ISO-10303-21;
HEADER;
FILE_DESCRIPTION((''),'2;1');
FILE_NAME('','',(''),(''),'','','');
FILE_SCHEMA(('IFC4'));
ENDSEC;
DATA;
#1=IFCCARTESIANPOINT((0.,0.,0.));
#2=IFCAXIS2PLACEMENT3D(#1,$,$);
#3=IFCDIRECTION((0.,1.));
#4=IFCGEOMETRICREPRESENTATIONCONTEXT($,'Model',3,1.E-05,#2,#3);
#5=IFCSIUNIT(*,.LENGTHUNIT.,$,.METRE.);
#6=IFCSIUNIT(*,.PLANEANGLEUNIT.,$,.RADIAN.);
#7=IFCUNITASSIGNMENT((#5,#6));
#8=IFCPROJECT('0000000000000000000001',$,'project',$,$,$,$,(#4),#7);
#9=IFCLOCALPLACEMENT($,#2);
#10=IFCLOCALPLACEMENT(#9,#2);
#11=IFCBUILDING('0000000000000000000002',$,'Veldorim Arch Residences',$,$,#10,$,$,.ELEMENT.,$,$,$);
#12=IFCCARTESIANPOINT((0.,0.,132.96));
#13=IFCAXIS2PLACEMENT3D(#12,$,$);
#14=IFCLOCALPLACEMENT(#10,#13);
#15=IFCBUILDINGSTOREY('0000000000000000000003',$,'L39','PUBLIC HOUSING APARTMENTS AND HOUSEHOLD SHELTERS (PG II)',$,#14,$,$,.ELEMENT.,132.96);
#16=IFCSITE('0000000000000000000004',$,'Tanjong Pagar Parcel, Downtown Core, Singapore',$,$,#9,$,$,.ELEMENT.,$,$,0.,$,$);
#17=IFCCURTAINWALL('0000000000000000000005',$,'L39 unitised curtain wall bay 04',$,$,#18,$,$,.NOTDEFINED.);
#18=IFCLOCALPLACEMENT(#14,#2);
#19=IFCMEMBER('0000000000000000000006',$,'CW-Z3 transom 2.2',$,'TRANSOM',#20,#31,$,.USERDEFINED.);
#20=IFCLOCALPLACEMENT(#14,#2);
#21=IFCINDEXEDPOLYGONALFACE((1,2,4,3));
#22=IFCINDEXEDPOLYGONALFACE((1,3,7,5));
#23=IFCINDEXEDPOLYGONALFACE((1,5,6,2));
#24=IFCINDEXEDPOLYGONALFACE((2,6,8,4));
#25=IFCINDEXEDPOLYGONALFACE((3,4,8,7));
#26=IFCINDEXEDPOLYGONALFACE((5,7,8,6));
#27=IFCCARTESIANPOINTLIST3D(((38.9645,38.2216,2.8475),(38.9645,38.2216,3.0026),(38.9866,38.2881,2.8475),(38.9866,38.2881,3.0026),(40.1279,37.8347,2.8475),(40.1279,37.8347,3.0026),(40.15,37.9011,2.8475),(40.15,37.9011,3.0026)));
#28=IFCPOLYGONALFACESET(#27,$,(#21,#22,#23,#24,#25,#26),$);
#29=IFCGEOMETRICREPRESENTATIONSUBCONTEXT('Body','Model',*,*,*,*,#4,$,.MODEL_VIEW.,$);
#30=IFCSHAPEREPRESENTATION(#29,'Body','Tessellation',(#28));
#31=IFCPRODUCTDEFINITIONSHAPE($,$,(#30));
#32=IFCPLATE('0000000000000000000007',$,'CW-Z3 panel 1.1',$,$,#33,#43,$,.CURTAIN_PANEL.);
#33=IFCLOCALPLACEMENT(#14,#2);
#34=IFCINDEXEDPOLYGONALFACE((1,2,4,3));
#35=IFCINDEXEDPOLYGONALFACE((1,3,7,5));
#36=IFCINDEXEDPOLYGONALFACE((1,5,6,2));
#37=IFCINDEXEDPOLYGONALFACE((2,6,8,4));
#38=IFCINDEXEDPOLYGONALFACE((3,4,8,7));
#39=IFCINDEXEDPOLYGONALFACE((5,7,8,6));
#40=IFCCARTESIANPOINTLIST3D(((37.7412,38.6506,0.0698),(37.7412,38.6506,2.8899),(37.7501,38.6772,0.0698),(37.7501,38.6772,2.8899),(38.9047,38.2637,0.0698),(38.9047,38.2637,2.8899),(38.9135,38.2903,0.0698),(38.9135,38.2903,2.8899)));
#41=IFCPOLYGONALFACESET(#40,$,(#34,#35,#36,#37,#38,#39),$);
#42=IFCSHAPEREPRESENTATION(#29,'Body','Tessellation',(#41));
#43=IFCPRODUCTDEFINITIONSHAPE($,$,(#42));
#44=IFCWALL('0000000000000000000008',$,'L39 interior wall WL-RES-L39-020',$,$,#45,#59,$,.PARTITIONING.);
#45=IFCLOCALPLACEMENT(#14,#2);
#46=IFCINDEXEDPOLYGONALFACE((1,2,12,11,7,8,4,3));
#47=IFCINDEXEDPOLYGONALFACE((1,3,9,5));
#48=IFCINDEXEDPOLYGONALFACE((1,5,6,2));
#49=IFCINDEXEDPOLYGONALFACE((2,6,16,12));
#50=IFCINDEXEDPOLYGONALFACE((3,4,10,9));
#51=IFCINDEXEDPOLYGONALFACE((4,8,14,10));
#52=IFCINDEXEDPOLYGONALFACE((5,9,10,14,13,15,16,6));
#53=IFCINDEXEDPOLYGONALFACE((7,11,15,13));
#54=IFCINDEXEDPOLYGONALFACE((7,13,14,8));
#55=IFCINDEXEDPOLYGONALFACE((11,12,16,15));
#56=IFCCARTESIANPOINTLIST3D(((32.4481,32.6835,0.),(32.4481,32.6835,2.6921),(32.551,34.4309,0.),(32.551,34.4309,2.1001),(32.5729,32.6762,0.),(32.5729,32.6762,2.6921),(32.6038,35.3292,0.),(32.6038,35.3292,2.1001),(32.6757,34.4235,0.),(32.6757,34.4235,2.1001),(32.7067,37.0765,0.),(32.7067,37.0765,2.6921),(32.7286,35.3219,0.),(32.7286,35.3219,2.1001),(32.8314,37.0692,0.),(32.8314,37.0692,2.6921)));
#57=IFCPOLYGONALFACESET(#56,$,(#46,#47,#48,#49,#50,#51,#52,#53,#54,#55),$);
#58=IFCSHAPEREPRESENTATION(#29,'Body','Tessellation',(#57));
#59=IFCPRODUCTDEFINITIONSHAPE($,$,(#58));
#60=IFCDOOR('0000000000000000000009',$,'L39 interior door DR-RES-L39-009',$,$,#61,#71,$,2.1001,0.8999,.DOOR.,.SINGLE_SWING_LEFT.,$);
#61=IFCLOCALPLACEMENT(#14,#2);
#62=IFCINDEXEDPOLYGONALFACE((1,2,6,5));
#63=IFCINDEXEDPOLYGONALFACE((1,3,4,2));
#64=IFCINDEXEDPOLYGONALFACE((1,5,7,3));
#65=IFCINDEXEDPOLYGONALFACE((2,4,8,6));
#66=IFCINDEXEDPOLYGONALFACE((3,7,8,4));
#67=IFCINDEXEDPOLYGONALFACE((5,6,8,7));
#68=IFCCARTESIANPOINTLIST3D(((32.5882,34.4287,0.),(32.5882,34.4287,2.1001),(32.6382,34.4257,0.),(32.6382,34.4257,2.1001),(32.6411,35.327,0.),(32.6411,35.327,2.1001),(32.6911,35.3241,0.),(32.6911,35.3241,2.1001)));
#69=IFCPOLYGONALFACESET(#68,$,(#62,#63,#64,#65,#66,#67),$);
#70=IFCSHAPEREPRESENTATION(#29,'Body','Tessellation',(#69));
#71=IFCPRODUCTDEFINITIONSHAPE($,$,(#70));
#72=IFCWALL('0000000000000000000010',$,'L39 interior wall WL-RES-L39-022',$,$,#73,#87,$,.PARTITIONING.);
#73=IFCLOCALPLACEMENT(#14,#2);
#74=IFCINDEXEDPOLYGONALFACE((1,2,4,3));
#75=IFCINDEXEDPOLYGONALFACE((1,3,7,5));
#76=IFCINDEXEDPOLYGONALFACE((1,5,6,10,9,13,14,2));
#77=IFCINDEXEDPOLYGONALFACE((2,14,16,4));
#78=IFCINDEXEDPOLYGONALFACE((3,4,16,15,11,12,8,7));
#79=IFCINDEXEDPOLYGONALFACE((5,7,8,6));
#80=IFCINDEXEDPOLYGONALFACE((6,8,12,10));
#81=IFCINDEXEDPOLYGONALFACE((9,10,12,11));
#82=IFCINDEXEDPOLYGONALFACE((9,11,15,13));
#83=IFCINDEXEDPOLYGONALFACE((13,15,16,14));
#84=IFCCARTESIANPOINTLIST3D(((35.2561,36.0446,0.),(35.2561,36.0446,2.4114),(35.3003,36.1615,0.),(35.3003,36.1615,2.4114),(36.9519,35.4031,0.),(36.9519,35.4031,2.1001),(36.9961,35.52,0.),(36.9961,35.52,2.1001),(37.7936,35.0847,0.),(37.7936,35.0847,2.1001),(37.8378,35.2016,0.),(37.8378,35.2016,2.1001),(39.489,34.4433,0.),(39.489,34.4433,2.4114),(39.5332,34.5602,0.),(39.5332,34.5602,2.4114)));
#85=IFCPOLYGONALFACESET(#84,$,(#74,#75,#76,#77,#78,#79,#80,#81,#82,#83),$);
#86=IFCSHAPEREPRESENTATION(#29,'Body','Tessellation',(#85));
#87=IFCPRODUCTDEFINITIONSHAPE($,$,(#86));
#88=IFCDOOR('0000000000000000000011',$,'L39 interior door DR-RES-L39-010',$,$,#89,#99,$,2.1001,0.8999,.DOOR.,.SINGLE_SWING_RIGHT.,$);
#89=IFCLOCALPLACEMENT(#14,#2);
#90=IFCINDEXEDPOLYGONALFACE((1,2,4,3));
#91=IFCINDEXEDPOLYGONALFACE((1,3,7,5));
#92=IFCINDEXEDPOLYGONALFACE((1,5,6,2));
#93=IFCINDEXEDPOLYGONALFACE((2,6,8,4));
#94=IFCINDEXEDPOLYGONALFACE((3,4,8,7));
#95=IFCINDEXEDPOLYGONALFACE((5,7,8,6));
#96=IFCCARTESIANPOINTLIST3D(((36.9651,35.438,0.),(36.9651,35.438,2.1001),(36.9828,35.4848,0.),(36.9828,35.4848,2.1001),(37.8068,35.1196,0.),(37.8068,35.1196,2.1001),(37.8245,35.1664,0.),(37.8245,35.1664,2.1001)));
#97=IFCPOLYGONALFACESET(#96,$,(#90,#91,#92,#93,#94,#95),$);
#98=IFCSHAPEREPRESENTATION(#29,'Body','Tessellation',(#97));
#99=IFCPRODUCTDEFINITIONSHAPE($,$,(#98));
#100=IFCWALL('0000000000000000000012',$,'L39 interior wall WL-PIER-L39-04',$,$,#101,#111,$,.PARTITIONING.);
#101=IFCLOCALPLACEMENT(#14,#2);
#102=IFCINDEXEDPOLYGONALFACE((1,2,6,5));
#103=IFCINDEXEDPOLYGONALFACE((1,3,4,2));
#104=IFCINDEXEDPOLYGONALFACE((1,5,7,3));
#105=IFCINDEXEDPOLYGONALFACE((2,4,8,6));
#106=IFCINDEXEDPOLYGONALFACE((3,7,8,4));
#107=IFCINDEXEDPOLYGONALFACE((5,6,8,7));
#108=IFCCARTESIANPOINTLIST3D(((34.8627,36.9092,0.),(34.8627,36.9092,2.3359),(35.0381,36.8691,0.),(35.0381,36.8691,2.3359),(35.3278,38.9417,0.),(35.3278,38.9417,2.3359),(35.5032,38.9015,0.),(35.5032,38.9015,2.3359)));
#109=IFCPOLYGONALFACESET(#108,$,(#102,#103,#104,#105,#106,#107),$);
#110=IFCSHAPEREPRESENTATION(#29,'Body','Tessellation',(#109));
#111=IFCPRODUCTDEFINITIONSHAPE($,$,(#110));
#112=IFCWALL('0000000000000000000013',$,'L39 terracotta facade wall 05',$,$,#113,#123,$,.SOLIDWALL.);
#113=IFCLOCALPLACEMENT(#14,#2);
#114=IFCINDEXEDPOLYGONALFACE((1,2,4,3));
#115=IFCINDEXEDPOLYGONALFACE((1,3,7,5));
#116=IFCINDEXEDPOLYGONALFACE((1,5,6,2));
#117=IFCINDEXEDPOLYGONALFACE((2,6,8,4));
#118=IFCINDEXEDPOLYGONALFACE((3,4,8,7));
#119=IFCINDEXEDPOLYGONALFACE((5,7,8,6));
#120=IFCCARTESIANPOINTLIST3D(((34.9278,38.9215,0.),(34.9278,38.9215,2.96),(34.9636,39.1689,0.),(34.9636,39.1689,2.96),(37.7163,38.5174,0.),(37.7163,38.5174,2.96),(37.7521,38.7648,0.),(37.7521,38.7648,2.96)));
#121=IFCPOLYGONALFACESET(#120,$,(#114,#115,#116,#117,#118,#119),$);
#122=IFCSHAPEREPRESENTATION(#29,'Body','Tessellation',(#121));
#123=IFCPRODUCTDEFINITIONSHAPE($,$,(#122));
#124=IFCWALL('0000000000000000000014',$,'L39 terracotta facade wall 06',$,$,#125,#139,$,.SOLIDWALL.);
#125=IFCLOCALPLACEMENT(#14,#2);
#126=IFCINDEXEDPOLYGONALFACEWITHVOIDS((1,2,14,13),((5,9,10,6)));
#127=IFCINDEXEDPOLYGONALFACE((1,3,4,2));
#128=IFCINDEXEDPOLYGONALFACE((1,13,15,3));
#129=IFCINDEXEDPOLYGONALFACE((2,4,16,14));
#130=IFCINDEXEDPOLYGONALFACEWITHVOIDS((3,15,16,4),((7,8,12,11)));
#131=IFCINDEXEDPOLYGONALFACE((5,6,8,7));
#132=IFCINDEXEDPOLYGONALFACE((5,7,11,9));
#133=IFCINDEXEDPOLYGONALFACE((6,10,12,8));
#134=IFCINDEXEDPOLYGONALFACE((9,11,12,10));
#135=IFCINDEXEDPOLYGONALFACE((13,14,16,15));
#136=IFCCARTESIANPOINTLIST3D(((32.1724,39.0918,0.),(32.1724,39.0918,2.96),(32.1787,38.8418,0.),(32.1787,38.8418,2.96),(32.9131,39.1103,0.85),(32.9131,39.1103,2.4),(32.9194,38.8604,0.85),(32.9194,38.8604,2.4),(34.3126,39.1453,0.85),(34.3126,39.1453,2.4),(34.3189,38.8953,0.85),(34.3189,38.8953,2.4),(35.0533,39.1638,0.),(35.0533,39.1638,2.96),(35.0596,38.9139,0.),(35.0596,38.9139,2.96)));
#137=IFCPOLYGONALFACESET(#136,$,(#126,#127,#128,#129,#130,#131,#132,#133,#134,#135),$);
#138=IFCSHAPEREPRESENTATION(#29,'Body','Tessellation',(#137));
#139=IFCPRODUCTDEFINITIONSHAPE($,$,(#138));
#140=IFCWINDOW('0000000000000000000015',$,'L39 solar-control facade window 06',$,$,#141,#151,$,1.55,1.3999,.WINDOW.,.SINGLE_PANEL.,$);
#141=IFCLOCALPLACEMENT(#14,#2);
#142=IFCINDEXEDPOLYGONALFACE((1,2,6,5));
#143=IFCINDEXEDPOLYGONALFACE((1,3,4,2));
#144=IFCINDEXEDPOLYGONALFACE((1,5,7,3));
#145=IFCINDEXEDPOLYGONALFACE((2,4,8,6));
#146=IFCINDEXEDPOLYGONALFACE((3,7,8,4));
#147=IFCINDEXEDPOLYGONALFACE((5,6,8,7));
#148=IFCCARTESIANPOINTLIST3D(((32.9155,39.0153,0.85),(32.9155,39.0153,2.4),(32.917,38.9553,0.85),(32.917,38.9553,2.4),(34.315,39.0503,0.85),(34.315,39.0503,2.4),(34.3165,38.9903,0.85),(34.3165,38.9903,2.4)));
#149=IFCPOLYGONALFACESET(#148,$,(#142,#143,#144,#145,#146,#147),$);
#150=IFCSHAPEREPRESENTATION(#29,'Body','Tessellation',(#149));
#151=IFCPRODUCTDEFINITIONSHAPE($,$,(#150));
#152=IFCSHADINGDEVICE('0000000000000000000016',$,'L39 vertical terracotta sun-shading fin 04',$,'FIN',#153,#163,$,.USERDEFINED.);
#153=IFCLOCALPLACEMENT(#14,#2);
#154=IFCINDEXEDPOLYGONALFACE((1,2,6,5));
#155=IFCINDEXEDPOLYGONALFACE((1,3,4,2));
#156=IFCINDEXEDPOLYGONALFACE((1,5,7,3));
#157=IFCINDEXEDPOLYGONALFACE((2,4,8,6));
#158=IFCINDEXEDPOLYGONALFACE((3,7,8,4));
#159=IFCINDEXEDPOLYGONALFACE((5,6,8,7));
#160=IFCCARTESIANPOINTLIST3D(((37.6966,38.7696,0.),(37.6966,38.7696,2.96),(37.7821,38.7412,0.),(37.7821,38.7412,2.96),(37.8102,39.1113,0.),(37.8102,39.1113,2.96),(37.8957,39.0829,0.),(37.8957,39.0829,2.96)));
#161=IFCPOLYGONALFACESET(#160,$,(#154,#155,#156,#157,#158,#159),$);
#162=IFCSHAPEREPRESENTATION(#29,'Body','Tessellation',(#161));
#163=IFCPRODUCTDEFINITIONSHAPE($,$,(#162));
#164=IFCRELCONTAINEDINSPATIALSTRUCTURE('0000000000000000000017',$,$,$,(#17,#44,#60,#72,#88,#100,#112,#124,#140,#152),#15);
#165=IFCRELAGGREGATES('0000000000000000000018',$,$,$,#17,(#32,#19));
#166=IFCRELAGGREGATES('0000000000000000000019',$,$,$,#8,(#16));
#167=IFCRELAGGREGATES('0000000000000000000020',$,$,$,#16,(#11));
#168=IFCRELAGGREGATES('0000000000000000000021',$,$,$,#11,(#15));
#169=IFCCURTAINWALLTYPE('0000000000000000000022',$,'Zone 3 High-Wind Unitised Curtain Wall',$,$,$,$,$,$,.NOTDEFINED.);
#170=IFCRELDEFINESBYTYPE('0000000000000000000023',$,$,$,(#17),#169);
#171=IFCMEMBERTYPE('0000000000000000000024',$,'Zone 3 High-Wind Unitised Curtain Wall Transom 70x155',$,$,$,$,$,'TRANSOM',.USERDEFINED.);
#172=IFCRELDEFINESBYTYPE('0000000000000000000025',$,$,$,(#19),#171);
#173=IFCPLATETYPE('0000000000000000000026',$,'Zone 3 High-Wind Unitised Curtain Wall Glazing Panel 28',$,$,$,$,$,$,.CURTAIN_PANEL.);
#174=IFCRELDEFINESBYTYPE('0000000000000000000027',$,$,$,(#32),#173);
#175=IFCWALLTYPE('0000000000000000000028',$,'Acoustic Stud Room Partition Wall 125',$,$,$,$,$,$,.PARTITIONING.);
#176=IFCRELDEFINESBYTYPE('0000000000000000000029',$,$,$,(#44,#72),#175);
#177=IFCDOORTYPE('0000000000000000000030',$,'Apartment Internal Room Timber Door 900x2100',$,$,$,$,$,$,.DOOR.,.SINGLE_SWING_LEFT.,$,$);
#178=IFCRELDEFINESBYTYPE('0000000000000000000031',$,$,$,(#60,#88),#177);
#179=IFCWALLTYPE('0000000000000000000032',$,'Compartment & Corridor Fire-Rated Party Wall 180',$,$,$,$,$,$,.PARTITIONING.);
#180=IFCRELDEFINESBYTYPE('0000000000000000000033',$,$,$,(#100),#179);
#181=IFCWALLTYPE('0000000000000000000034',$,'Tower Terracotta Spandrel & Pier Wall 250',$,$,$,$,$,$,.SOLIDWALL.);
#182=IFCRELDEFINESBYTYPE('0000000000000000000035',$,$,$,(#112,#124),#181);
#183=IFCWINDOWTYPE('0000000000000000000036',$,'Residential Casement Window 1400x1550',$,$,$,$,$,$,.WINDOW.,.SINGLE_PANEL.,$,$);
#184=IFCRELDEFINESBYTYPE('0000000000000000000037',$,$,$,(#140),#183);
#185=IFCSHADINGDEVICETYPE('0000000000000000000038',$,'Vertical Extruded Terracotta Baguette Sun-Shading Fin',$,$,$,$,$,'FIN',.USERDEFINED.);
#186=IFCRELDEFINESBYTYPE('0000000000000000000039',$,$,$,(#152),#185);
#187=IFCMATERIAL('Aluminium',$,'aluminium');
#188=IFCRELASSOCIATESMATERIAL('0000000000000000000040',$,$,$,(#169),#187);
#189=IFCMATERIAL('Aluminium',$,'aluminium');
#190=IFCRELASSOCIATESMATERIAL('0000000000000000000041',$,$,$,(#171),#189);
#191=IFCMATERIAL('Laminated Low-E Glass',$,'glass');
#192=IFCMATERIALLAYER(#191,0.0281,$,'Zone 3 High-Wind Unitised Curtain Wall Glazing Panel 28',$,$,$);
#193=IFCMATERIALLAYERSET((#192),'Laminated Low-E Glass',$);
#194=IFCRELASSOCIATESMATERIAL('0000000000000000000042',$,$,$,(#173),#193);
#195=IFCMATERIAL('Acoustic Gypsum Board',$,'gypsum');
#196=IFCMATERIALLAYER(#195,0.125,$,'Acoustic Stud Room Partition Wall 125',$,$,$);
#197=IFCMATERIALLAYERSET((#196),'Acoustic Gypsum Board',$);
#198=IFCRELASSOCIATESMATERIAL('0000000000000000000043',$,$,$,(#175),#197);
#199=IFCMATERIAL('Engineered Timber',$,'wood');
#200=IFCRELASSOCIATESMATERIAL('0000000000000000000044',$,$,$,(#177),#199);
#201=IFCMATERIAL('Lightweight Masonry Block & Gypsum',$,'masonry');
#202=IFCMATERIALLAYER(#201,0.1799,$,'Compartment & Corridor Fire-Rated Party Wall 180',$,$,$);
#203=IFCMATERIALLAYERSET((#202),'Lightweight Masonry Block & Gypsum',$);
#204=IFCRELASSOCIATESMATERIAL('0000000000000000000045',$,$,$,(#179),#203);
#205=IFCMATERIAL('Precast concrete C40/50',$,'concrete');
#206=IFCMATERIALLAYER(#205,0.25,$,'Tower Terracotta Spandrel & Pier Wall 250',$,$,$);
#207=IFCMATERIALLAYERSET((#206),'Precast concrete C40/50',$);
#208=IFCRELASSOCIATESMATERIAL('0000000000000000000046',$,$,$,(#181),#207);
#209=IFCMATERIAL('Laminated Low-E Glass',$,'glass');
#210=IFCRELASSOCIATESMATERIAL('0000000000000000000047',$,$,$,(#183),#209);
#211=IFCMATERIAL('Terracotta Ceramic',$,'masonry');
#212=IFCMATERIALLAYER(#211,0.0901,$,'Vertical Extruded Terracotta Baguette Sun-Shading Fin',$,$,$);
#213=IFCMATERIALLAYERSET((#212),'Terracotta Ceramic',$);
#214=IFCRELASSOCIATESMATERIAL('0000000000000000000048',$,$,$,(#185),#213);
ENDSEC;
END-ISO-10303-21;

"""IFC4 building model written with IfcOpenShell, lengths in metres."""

from ifc_helpers import new_model, si_unit, direction, frame, frame_2d, origin, origin_2d, place, context, subcontext, project, spatial, rectangle, extrude, material, layer, layer_set, material_profile, profile_set, type_object, element, fill, aggregate, save


model = new_model("IFC4")

# Units and contexts
model_context = context("Model", 3, precision=1e-05, world=origin(), true_north=direction((0.0, 1.0)))
body_context = subcontext(model_context, "Body", "Model", "MODEL_VIEW")
ifc_project = project(units=[si_unit("LENGTHUNIT", "METRE"), si_unit("PLANEANGLEUNIT", "RADIAN")], contexts=[model_context])

# Site, building, storey
site_placement = place(None, origin())
site = spatial("IfcSite", under=ifc_project, at=site_placement, Name="Tanjong Pagar Parcel, Downtown Core, Singapore", CompositionType="ELEMENT", RefElevation=0.0)
building_placement = place(site_placement, origin())
building = spatial("IfcBuilding", under=site, at=building_placement, Name="Veldorim Arch Residences", CompositionType="ELEMENT")
storey_placement = place(building_placement, frame((0.0, 0.0, 132.96)))
storey = spatial("IfcBuildingStorey", under=building, at=storey_placement, Name="L39", Description="PUBLIC HOUSING APARTMENTS AND HOUSEHOLD SHELTERS (PG II)", CompositionType="ELEMENT", Elevation=132.96)

# Curtain wall, member, plate
ifc_material_1 = material(Name="Aluminium", Category="aluminium")
curtain_wall_type = type_object("IfcCurtainWallType", Name="Zone 3 High-Wind Unitised Curtain Wall", PredefinedType="NOTDEFINED", material=ifc_material_1)
curtain_wall_placement = place(storey_placement, origin())
curtain_wall = element("IfcCurtainWall", 1, at=curtain_wall_placement, inside=storey, type_object=curtain_wall_type, Name="L39 unitised curtain wall bay 04", PredefinedType="NOTDEFINED")
ifc_material_2 = material(Name="Aluminium", Category="aluminium")
ifc_material_profile_1 = material_profile(ifc_material_2, rectangle(XDim=0.0701, YDim=0.155, at=origin_2d()), Name="ALU_TRN_70x155")
ifc_profile_set_1 = profile_set([ifc_material_profile_1], Name="Aluminium")
member_type_1 = type_object("IfcMemberType", Name="Zone 3 High-Wind Unitised Curtain Wall Transom 70x155", ElementType="TRANSOM", PredefinedType="USERDEFINED", material=ifc_profile_set_1)
member_1_placement = place(storey_placement, frame((38.9756, 38.2549, 2.925), z_axis=(0.948882, -0.31563, 0.0), x_axis=(0.31563, 0.948882, 0.0)))
member_1 = element("IfcMember", 2, at=member_1_placement, type_object=member_type_1, Name="CW-Z3 transom 2.2", ObjectType="TRANSOM", PredefinedType="USERDEFINED", context=body_context, shape_type="SweptSolid", body=[
    extrude(rectangle(XDim=0.0701, YDim=0.155, at=origin_2d()), origin(), (0.0, 0.0, 1.0), 1.2261),
])
ifc_material_3 = material(Name="Laminated Low-E Glass", Category="glass")
ifc_layer_1 = layer(ifc_material_3, 0.0281, Name="Zone 3 High-Wind Unitised Curtain Wall Glazing Panel 28")
ifc_layer_set_1 = layer_set([ifc_layer_1], Name="Laminated Low-E Glass")
plate_type = type_object("IfcPlateType", Name="Zone 3 High-Wind Unitised Curtain Wall Glazing Panel 28", PredefinedType="CURTAIN_PANEL", material=ifc_layer_set_1)
plate_placement = place(storey_placement, frame((38.3274, 38.4705, 0.0698), z_axis=(0.0, 0.0, 1.0), x_axis=(0.948908, -0.315552, 0.0)))
plate = element("IfcPlate", 3, at=plate_placement, type_object=plate_type, Name="CW-Z3 panel 1.1", PredefinedType="CURTAIN_PANEL", context=body_context, shape_type="SweptSolid", body=[
    extrude(rectangle(XDim=1.2261, YDim=0.0281, at=origin_2d()), origin(), (0.0, 0.0, 1.0), 2.8201),
])
aggregate(curtain_wall, [plate, member_1])

# Walls, openings, doors
ifc_material_4 = material(Name="Acoustic Gypsum Board", Category="gypsum")
ifc_layer_2 = layer(ifc_material_4, 0.125, Name="Acoustic Stud Room Partition Wall 125")
ifc_layer_set_2 = layer_set([ifc_layer_2], Name="Acoustic Gypsum Board")
wall_type_1 = type_object("IfcWallType", Name="Acoustic Stud Room Partition Wall 125", PredefinedType="PARTITIONING", material=ifc_layer_set_2)
wall_1_placement = place(storey_placement, frame((32.769, 37.0728, 0.0), z_axis=(0.0, 0.0, 1.0), x_axis=(-0.058751, -0.998273, 0.0)))
wall_1 = element("IfcWall", 4, at=wall_1_placement, inside=storey, type_object=wall_type_1, Name="L39 interior wall WL-RES-L39-020", PredefinedType="PARTITIONING", context=body_context, shape_type="SweptSolid", body=[
    extrude(rectangle(XDim=4.4006, YDim=0.125, at=frame_2d((2.2002, 0.0))), origin(), (0.0, 0.0, 1.0), 2.6921),
])
opening_1_placement = place(wall_1_placement, frame((1.7502, 0.0, 0.0)))
opening_1 = element("IfcOpeningElement", 5, at=opening_1_placement, cuts=wall_1, PredefinedType="OPENING", context=body_context, shape_type="SweptSolid", body=[
    extrude(rectangle(XDim=0.8999, YDim=2.1001, at=frame_2d((0.45, 1.05))), frame((0.0, 0.0725, 0.0), z_axis=(0.0, -1.0, 0.0), x_axis=(1.0, 0.0, 0.0)), (0.0, 0.0, 1.0), 0.145),
])
ifc_material_5 = material(Name="Engineered Timber", Category="wood")
door_type = type_object("IfcDoorType", Name="Apartment Internal Room Timber Door 900x2100", OperationType="SINGLE_SWING_LEFT", PredefinedType="DOOR", material=ifc_material_5)
door_1_placement = place(opening_1_placement, origin())
door_1 = element("IfcDoor", 6, at=door_1_placement, inside=storey, type_object=door_type, Name="L39 interior door DR-RES-L39-009", OperationType="SINGLE_SWING_LEFT", OverallHeight=2.1001, OverallWidth=0.8999, PredefinedType="DOOR", context=body_context, shape_type="SweptSolid", body=[
    extrude(rectangle(XDim=0.8999, YDim=2.1001, at=frame_2d((0.45, 1.05))), frame((0.0, 0.0249, 0.0), z_axis=(0.0, -1.0, 0.0), x_axis=(1.0, 0.0, 0.0)), (0.0, 0.0, 1.0), 0.05),
])
fill(opening_1, door_1)
wall_2_placement = place(storey_placement, frame((35.2783, 36.103, 0.0), z_axis=(0.0, 0.0, 1.0), x_axis=(0.93531, -0.35383, 0.0)))
wall_2 = element("IfcWall", 7, at=wall_2_placement, inside=storey, type_object=wall_type_1, Name="L39 interior wall WL-RES-L39-022", PredefinedType="PARTITIONING", context=body_context, shape_type="SweptSolid", body=[
    extrude(rectangle(XDim=4.5256, YDim=0.125, at=frame_2d((2.2627, 0.0))), origin(), (0.0, 0.0, 1.0), 2.4114),
])
opening_2_placement = place(wall_2_placement, frame((1.813, 0.0, 0.0)))
opening_2 = element("IfcOpeningElement", 8, at=opening_2_placement, cuts=wall_2, PredefinedType="OPENING", context=body_context, shape_type="SweptSolid", body=[
    extrude(rectangle(XDim=0.8999, YDim=2.1001, at=frame_2d((0.45, 1.05))), frame((0.0, 0.0725, 0.0), z_axis=(0.0, -1.0, 0.0), x_axis=(1.0, 0.0, 0.0)), (0.0, 0.0, 1.0), 0.145),
])
door_2_placement = place(opening_2_placement, origin())
door_2 = element("IfcDoor", 9, at=door_2_placement, inside=storey, type_object=door_type, Name="L39 interior door DR-RES-L39-010", OperationType="SINGLE_SWING_RIGHT", OverallHeight=2.1001, OverallWidth=0.8999, PredefinedType="DOOR", context=body_context, shape_type="SweptSolid", body=[
    extrude(rectangle(XDim=0.8999, YDim=2.1001, at=frame_2d((0.45, 1.05))), frame((0.0, 0.0249, 0.0), z_axis=(0.0, -1.0, 0.0), x_axis=(1.0, 0.0, 0.0)), (0.0, 0.0, 1.0), 0.05),
])
fill(opening_2, door_2)

# Walls
ifc_material_6 = material(Name="Lightweight Masonry Block & Gypsum", Category="masonry")
ifc_layer_3 = layer(ifc_material_6, 0.1799, Name="Compartment & Corridor Fire-Rated Party Wall 180")
ifc_layer_set_3 = layer_set([ifc_layer_3], Name="Lightweight Masonry Block & Gypsum")
wall_type_2 = type_object("IfcWallType", Name="Compartment & Corridor Fire-Rated Party Wall 180", PredefinedType="PARTITIONING", material=ifc_layer_set_3)
wall_3_placement = place(storey_placement, frame((34.9504, 36.8892, 0.0), z_axis=(0.0, 0.0, 1.0), x_axis=(0.223063, 0.974804, 0.0)))
element("IfcWall", 10, at=wall_3_placement, inside=storey, type_object=wall_type_2, Name="L39 interior wall WL-PIER-L39-04", PredefinedType="PARTITIONING", context=body_context, shape_type="SweptSolid", body=[
    extrude(rectangle(XDim=2.085, YDim=0.1799, at=frame_2d((1.0425, 0.0))), origin(), (0.0, 0.0, 1.0), 2.3359),
])
ifc_material_7 = material(Name="Precast concrete C40/50", Category="concrete")
ifc_layer_4 = layer(ifc_material_7, 0.25, Name="Tower Terracotta Spandrel & Pier Wall 250")
ifc_layer_set_4 = layer_set([ifc_layer_4], Name="Precast concrete C40/50")
wall_type_3 = type_object("IfcWallType", Name="Tower Terracotta Spandrel & Pier Wall 250", PredefinedType="SOLIDWALL", material=ifc_layer_set_4)
wall_4_placement = place(storey_placement, frame((34.9458, 39.0452, 0.0), z_axis=(0.0, 0.0, 1.0), x_axis=(0.989665, -0.143398, 0.0)))
element("IfcWall", 11, at=wall_4_placement, inside=storey, type_object=wall_type_3, Name="L39 terracotta facade wall 05", PredefinedType="SOLIDWALL", context=body_context, shape_type="SweptSolid", body=[
    extrude(rectangle(XDim=2.8176, YDim=0.25, at=frame_2d((1.4087, 0.0))), origin(), (0.0, 0.0, 1.0), 2.96),
])

# Wall, opening, window
wall_5_placement = place(storey_placement, frame((32.1755, 38.9668, 0.0), z_axis=(0.0, 0.0, 1.0), x_axis=(0.999688, 0.024992, 0.0)))
wall_5 = element("IfcWall", 12, at=wall_5_placement, inside=storey, type_object=wall_type_3, Name="L39 terracotta facade wall 06", PredefinedType="SOLIDWALL", context=body_context, shape_type="SweptSolid", body=[
    extrude(rectangle(XDim=2.8818, YDim=0.25, at=frame_2d((1.4409, 0.0))), origin(), (0.0, 0.0, 1.0), 2.96),
])
opening_3_placement = place(wall_5_placement, frame((0.741, 0.0, 0.8501)))
opening_3 = element("IfcOpeningElement", 13, at=opening_3_placement, cuts=wall_5, PredefinedType="OPENING", context=body_context, shape_type="SweptSolid", body=[
    extrude(rectangle(XDim=1.3999, YDim=1.55, at=frame_2d((0.7, 0.7749))), frame((0.0, 0.135, 0.0), z_axis=(0.0, -1.0, 0.0), x_axis=(1.0, 0.0, 0.0)), (0.0, 0.0, 1.0), 0.27),
])
ifc_material_8 = material(Name="Laminated Low-E Glass", Category="glass")
window_type = type_object("IfcWindowType", Name="Residential Casement Window 1400x1550", PartitioningType="SINGLE_PANEL", PredefinedType="WINDOW", material=ifc_material_8)
window_placement = place(opening_3_placement, origin())
window = element("IfcWindow", 14, at=window_placement, inside=storey, type_object=window_type, Name="L39 solar-control facade window 06", OverallHeight=1.55, OverallWidth=1.3999, PartitioningType="SINGLE_PANEL", PredefinedType="WINDOW", context=body_context, shape_type="SweptSolid", body=[
    extrude(rectangle(XDim=1.3999, YDim=1.55, at=frame_2d((0.7, 0.7749))), frame((0.0, 0.03, 0.0), z_axis=(0.0, -1.0, 0.0), x_axis=(1.0, 0.0, 0.0)), (0.0, 0.0, 1.0), 0.0601),
])
fill(opening_3, window)

# Shading device
ifc_material_9 = material(Name="Terracotta Ceramic", Category="masonry")
ifc_layer_5 = layer(ifc_material_9, 0.0901, Name="Vertical Extruded Terracotta Baguette Sun-Shading Fin")
ifc_layer_set_5 = layer_set([ifc_layer_5], Name="Terracotta Ceramic")
shading_device_type = type_object("IfcShadingDeviceType", Name="Vertical Extruded Terracotta Baguette Sun-Shading Fin", ElementType="FIN", PredefinedType="USERDEFINED", material=ifc_layer_set_5)
shading_device_placement = place(storey_placement, frame((37.7961, 38.9263, 0.0), z_axis=(0.0, 0.0, 1.0), x_axis=(0.948931, -0.315483, 0.0)))
element("IfcShadingDevice", 15, at=shading_device_placement, inside=storey, type_object=shading_device_type, Name="L39 vertical terracotta sun-shading fin 04", ObjectType="FIN", PredefinedType="USERDEFINED", context=body_context, shape_type="SweptSolid", body=[
    extrude(rectangle(XDim=0.0901, YDim=0.3601, at=origin_2d()), origin(), (0.0, 0.0, 1.0), 2.96),
])

save(model, "model.ifc")
